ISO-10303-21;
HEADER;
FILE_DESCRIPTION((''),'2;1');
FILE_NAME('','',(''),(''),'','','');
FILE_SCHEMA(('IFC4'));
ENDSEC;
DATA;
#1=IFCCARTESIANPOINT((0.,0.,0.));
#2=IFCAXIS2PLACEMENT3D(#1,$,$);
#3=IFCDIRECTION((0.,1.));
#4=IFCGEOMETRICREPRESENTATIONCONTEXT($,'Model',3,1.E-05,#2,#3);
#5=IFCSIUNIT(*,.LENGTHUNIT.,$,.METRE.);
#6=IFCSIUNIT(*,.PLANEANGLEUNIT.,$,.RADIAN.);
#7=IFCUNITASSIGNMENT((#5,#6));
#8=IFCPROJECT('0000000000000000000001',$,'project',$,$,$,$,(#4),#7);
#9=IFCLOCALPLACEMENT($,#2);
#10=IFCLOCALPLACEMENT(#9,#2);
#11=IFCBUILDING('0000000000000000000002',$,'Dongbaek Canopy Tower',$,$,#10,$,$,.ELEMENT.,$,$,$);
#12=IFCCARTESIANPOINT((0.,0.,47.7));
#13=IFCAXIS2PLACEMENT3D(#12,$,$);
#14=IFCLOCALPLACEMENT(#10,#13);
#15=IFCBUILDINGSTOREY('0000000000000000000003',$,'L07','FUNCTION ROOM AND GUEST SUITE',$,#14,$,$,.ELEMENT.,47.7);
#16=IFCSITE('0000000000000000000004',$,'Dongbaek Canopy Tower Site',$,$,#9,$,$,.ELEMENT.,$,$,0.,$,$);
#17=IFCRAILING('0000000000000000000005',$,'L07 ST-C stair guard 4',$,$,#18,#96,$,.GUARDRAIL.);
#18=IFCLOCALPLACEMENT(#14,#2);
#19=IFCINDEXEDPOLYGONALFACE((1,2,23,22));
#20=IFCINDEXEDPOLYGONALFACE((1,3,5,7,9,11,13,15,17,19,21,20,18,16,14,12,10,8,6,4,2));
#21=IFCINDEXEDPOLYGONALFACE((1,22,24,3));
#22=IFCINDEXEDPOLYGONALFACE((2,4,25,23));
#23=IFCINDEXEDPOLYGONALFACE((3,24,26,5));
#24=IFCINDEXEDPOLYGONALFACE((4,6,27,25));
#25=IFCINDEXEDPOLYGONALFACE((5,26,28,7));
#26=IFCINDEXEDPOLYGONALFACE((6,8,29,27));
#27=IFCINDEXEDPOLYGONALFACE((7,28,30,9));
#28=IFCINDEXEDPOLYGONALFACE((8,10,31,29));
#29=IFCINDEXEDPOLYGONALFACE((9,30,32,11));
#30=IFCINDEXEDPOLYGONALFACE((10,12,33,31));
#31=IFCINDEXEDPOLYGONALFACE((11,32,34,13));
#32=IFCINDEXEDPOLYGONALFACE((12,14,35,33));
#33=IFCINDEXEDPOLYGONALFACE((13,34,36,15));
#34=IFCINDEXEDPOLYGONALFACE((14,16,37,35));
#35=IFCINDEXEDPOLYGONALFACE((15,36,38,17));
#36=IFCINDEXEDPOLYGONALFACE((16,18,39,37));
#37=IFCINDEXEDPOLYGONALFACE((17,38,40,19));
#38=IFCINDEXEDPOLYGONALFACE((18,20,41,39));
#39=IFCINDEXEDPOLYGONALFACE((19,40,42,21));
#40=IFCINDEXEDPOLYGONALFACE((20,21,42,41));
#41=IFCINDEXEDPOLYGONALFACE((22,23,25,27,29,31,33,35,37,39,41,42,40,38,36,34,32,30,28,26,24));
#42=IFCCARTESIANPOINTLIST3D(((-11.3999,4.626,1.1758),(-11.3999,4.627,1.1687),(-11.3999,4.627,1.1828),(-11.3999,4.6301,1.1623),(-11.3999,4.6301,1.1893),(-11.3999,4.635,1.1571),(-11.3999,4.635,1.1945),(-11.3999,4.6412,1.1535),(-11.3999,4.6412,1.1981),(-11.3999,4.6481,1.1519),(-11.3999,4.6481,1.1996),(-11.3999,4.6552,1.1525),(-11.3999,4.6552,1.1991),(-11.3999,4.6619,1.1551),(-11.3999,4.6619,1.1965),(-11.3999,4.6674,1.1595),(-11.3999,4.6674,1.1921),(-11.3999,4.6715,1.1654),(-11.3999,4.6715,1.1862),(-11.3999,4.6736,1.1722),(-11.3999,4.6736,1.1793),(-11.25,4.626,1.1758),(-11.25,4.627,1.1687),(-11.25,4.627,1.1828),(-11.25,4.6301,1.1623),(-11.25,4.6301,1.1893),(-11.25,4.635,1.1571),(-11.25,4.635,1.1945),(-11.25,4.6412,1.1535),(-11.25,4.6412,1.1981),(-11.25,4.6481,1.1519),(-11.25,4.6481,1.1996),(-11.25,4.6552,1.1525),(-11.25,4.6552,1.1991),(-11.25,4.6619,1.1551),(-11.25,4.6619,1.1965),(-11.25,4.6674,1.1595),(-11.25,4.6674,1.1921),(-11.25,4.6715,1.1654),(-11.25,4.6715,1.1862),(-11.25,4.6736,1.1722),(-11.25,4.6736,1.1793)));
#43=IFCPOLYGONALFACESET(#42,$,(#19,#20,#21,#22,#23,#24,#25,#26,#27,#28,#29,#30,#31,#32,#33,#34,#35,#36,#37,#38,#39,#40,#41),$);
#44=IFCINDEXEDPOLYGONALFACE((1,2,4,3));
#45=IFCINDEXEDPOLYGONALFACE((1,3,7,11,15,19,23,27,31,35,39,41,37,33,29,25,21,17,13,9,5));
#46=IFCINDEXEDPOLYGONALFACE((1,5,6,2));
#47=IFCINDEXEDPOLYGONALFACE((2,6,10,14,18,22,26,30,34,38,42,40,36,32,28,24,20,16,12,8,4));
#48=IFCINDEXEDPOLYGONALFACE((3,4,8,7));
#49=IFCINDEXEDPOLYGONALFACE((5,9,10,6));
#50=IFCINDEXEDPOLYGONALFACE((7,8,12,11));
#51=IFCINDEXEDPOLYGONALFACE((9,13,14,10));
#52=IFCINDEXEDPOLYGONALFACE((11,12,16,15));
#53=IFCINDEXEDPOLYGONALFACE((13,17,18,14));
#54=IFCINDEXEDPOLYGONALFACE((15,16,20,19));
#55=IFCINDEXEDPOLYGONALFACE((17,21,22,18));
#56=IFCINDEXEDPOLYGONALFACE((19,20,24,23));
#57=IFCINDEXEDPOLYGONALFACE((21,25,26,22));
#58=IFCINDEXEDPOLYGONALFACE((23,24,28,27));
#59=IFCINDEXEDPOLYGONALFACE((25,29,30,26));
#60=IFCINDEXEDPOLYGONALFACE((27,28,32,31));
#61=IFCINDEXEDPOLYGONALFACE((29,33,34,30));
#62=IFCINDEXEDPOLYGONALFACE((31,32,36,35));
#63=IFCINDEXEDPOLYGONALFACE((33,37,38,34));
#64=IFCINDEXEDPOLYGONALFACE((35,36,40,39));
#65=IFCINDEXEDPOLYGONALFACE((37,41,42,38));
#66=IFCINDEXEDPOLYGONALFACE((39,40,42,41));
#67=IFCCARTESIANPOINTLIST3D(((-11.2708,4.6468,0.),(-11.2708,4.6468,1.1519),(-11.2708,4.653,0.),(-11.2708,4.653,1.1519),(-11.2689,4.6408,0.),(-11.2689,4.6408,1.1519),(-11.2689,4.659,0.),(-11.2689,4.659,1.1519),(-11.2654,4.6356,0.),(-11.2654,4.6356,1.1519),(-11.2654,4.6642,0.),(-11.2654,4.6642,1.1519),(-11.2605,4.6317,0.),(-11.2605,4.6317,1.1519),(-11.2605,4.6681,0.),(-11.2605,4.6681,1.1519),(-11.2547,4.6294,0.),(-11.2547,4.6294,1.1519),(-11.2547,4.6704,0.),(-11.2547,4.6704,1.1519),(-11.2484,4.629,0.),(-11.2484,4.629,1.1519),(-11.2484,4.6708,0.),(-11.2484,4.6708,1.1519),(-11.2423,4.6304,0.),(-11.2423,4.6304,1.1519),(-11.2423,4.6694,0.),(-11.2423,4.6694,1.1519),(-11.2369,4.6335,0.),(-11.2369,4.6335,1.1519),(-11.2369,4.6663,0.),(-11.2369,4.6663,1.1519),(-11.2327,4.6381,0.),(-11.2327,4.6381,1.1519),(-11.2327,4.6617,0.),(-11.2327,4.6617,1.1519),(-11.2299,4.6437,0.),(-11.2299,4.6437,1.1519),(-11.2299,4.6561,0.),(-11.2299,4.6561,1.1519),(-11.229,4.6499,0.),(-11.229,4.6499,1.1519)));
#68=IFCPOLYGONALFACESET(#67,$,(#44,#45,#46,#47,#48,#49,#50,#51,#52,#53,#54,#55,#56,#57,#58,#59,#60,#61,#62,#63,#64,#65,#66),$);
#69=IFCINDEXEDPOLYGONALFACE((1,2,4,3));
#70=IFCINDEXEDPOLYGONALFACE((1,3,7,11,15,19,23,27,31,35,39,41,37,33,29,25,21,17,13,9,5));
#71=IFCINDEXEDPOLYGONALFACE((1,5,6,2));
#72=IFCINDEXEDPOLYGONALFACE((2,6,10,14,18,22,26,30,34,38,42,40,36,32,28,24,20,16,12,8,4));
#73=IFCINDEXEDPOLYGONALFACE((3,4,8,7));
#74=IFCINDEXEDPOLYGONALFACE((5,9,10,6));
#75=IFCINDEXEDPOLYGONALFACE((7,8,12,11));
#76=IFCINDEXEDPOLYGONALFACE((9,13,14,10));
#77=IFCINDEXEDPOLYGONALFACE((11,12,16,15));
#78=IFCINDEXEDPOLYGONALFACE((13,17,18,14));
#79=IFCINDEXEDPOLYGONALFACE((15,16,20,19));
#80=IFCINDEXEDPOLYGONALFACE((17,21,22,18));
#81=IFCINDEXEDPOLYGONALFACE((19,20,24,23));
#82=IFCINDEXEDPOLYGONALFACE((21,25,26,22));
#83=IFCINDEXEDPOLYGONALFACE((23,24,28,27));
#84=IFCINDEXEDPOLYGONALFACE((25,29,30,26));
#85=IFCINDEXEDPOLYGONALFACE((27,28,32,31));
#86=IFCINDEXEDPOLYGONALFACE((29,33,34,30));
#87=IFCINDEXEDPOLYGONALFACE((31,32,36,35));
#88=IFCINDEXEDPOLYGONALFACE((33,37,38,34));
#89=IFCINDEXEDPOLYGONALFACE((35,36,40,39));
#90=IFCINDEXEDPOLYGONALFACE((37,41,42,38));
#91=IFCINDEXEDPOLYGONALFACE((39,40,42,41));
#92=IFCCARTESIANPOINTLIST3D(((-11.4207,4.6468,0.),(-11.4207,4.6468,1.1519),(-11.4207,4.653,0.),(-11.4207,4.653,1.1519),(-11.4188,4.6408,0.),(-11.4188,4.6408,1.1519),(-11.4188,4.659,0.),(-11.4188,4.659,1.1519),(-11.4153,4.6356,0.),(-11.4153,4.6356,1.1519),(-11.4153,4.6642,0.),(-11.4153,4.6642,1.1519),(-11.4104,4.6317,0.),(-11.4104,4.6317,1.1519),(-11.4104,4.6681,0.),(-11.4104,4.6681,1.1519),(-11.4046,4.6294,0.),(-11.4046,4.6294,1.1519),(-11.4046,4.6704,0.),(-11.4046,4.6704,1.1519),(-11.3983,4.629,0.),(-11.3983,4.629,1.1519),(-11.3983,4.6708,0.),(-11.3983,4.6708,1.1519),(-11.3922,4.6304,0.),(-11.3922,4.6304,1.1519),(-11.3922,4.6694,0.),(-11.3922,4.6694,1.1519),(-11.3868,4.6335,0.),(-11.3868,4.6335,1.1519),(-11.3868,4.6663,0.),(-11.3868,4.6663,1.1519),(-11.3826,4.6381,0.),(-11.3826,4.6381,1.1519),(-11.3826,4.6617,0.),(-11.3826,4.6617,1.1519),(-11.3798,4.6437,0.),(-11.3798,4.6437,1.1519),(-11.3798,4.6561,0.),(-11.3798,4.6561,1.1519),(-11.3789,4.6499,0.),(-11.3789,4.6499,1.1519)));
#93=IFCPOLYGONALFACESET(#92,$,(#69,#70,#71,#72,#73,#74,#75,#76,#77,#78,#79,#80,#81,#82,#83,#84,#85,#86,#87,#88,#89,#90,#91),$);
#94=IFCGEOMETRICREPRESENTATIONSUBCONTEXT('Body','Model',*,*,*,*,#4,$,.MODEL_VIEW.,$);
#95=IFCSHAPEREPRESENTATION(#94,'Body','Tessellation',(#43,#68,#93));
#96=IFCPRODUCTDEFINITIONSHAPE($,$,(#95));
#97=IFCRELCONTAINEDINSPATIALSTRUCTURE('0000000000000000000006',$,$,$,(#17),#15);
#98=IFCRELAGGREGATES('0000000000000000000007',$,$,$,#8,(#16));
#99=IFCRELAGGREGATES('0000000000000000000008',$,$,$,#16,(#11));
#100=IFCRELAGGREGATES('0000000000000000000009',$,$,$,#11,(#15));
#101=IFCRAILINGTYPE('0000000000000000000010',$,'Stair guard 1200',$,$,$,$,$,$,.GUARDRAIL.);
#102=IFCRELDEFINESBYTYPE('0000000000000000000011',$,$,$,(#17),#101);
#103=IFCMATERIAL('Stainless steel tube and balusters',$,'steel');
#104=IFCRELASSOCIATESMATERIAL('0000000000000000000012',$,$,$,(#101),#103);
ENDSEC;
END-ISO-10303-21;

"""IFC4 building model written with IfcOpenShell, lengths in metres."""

from ifc_helpers import new_model, si_unit, direction, frame, origin, origin_2d, place, context, subcontext, project, spatial, circle, extrude, material, type_object, element, save


model = new_model("IFC4")

# Units and contexts
model_context = context("Model", 3, precision=1e-05, world=origin(), true_north=direction((0.0, 1.0)))
body_context = subcontext(model_context, "Body", "Model", "MODEL_VIEW")
ifc_project = project(units=[si_unit("LENGTHUNIT", "METRE"), si_unit("PLANEANGLEUNIT", "RADIAN")], contexts=[model_context])

# Site, building, storey
site_placement = place(None, origin())
site = spatial("IfcSite", under=ifc_project, at=site_placement, Name="Dongbaek Canopy Tower Site", CompositionType="ELEMENT", RefElevation=0.0)
building_placement = place(site_placement, origin())
building = spatial("IfcBuilding", under=site, at=building_placement, Name="Dongbaek Canopy Tower", CompositionType="ELEMENT")
storey_placement = place(building_placement, frame((0.0, 0.0, 47.7)))
storey = spatial("IfcBuildingStorey", under=building, at=storey_placement, Name="L07", Description="FUNCTION ROOM AND GUEST SUITE", CompositionType="ELEMENT", Elevation=47.7)

# Railing
ifc_material_1 = material(Name="Stainless steel tube and balusters", Category="steel")
railing_type_1 = type_object("IfcRailingType", Name="Stair guard 1200", PredefinedType="GUARDRAIL", material=ifc_material_1)
railing_1_placement = place(storey_placement, frame((-11.25, 4.6499, 0.0)))
element("IfcRailing", 1, at=railing_1_placement, inside=storey, type_object=railing_type_1, Name="L07 ST-C stair guard 4", PredefinedType="GUARDRAIL", context=body_context, shape_type="SweptSolid", body=[
    extrude(circle(Radius=0.0239, at=origin_2d()), frame((0.0, 0.0, 1.1758), z_axis=(-1.0, 0.0, 0.0), x_axis=(0.0, -1.0, 0.0)), (0.0, 0.0, 1.0), 0.1499),
    extrude(circle(Radius=0.021, at=origin_2d()), origin(), (0.0, 0.0, 1.0), 1.1519),
    extrude(circle(Radius=0.021, at=origin_2d()), frame((-0.1499, 0.0, 0.0)), (0.0, 0.0, 1.0), 1.1519),
])

save(model, "model.ifc")
